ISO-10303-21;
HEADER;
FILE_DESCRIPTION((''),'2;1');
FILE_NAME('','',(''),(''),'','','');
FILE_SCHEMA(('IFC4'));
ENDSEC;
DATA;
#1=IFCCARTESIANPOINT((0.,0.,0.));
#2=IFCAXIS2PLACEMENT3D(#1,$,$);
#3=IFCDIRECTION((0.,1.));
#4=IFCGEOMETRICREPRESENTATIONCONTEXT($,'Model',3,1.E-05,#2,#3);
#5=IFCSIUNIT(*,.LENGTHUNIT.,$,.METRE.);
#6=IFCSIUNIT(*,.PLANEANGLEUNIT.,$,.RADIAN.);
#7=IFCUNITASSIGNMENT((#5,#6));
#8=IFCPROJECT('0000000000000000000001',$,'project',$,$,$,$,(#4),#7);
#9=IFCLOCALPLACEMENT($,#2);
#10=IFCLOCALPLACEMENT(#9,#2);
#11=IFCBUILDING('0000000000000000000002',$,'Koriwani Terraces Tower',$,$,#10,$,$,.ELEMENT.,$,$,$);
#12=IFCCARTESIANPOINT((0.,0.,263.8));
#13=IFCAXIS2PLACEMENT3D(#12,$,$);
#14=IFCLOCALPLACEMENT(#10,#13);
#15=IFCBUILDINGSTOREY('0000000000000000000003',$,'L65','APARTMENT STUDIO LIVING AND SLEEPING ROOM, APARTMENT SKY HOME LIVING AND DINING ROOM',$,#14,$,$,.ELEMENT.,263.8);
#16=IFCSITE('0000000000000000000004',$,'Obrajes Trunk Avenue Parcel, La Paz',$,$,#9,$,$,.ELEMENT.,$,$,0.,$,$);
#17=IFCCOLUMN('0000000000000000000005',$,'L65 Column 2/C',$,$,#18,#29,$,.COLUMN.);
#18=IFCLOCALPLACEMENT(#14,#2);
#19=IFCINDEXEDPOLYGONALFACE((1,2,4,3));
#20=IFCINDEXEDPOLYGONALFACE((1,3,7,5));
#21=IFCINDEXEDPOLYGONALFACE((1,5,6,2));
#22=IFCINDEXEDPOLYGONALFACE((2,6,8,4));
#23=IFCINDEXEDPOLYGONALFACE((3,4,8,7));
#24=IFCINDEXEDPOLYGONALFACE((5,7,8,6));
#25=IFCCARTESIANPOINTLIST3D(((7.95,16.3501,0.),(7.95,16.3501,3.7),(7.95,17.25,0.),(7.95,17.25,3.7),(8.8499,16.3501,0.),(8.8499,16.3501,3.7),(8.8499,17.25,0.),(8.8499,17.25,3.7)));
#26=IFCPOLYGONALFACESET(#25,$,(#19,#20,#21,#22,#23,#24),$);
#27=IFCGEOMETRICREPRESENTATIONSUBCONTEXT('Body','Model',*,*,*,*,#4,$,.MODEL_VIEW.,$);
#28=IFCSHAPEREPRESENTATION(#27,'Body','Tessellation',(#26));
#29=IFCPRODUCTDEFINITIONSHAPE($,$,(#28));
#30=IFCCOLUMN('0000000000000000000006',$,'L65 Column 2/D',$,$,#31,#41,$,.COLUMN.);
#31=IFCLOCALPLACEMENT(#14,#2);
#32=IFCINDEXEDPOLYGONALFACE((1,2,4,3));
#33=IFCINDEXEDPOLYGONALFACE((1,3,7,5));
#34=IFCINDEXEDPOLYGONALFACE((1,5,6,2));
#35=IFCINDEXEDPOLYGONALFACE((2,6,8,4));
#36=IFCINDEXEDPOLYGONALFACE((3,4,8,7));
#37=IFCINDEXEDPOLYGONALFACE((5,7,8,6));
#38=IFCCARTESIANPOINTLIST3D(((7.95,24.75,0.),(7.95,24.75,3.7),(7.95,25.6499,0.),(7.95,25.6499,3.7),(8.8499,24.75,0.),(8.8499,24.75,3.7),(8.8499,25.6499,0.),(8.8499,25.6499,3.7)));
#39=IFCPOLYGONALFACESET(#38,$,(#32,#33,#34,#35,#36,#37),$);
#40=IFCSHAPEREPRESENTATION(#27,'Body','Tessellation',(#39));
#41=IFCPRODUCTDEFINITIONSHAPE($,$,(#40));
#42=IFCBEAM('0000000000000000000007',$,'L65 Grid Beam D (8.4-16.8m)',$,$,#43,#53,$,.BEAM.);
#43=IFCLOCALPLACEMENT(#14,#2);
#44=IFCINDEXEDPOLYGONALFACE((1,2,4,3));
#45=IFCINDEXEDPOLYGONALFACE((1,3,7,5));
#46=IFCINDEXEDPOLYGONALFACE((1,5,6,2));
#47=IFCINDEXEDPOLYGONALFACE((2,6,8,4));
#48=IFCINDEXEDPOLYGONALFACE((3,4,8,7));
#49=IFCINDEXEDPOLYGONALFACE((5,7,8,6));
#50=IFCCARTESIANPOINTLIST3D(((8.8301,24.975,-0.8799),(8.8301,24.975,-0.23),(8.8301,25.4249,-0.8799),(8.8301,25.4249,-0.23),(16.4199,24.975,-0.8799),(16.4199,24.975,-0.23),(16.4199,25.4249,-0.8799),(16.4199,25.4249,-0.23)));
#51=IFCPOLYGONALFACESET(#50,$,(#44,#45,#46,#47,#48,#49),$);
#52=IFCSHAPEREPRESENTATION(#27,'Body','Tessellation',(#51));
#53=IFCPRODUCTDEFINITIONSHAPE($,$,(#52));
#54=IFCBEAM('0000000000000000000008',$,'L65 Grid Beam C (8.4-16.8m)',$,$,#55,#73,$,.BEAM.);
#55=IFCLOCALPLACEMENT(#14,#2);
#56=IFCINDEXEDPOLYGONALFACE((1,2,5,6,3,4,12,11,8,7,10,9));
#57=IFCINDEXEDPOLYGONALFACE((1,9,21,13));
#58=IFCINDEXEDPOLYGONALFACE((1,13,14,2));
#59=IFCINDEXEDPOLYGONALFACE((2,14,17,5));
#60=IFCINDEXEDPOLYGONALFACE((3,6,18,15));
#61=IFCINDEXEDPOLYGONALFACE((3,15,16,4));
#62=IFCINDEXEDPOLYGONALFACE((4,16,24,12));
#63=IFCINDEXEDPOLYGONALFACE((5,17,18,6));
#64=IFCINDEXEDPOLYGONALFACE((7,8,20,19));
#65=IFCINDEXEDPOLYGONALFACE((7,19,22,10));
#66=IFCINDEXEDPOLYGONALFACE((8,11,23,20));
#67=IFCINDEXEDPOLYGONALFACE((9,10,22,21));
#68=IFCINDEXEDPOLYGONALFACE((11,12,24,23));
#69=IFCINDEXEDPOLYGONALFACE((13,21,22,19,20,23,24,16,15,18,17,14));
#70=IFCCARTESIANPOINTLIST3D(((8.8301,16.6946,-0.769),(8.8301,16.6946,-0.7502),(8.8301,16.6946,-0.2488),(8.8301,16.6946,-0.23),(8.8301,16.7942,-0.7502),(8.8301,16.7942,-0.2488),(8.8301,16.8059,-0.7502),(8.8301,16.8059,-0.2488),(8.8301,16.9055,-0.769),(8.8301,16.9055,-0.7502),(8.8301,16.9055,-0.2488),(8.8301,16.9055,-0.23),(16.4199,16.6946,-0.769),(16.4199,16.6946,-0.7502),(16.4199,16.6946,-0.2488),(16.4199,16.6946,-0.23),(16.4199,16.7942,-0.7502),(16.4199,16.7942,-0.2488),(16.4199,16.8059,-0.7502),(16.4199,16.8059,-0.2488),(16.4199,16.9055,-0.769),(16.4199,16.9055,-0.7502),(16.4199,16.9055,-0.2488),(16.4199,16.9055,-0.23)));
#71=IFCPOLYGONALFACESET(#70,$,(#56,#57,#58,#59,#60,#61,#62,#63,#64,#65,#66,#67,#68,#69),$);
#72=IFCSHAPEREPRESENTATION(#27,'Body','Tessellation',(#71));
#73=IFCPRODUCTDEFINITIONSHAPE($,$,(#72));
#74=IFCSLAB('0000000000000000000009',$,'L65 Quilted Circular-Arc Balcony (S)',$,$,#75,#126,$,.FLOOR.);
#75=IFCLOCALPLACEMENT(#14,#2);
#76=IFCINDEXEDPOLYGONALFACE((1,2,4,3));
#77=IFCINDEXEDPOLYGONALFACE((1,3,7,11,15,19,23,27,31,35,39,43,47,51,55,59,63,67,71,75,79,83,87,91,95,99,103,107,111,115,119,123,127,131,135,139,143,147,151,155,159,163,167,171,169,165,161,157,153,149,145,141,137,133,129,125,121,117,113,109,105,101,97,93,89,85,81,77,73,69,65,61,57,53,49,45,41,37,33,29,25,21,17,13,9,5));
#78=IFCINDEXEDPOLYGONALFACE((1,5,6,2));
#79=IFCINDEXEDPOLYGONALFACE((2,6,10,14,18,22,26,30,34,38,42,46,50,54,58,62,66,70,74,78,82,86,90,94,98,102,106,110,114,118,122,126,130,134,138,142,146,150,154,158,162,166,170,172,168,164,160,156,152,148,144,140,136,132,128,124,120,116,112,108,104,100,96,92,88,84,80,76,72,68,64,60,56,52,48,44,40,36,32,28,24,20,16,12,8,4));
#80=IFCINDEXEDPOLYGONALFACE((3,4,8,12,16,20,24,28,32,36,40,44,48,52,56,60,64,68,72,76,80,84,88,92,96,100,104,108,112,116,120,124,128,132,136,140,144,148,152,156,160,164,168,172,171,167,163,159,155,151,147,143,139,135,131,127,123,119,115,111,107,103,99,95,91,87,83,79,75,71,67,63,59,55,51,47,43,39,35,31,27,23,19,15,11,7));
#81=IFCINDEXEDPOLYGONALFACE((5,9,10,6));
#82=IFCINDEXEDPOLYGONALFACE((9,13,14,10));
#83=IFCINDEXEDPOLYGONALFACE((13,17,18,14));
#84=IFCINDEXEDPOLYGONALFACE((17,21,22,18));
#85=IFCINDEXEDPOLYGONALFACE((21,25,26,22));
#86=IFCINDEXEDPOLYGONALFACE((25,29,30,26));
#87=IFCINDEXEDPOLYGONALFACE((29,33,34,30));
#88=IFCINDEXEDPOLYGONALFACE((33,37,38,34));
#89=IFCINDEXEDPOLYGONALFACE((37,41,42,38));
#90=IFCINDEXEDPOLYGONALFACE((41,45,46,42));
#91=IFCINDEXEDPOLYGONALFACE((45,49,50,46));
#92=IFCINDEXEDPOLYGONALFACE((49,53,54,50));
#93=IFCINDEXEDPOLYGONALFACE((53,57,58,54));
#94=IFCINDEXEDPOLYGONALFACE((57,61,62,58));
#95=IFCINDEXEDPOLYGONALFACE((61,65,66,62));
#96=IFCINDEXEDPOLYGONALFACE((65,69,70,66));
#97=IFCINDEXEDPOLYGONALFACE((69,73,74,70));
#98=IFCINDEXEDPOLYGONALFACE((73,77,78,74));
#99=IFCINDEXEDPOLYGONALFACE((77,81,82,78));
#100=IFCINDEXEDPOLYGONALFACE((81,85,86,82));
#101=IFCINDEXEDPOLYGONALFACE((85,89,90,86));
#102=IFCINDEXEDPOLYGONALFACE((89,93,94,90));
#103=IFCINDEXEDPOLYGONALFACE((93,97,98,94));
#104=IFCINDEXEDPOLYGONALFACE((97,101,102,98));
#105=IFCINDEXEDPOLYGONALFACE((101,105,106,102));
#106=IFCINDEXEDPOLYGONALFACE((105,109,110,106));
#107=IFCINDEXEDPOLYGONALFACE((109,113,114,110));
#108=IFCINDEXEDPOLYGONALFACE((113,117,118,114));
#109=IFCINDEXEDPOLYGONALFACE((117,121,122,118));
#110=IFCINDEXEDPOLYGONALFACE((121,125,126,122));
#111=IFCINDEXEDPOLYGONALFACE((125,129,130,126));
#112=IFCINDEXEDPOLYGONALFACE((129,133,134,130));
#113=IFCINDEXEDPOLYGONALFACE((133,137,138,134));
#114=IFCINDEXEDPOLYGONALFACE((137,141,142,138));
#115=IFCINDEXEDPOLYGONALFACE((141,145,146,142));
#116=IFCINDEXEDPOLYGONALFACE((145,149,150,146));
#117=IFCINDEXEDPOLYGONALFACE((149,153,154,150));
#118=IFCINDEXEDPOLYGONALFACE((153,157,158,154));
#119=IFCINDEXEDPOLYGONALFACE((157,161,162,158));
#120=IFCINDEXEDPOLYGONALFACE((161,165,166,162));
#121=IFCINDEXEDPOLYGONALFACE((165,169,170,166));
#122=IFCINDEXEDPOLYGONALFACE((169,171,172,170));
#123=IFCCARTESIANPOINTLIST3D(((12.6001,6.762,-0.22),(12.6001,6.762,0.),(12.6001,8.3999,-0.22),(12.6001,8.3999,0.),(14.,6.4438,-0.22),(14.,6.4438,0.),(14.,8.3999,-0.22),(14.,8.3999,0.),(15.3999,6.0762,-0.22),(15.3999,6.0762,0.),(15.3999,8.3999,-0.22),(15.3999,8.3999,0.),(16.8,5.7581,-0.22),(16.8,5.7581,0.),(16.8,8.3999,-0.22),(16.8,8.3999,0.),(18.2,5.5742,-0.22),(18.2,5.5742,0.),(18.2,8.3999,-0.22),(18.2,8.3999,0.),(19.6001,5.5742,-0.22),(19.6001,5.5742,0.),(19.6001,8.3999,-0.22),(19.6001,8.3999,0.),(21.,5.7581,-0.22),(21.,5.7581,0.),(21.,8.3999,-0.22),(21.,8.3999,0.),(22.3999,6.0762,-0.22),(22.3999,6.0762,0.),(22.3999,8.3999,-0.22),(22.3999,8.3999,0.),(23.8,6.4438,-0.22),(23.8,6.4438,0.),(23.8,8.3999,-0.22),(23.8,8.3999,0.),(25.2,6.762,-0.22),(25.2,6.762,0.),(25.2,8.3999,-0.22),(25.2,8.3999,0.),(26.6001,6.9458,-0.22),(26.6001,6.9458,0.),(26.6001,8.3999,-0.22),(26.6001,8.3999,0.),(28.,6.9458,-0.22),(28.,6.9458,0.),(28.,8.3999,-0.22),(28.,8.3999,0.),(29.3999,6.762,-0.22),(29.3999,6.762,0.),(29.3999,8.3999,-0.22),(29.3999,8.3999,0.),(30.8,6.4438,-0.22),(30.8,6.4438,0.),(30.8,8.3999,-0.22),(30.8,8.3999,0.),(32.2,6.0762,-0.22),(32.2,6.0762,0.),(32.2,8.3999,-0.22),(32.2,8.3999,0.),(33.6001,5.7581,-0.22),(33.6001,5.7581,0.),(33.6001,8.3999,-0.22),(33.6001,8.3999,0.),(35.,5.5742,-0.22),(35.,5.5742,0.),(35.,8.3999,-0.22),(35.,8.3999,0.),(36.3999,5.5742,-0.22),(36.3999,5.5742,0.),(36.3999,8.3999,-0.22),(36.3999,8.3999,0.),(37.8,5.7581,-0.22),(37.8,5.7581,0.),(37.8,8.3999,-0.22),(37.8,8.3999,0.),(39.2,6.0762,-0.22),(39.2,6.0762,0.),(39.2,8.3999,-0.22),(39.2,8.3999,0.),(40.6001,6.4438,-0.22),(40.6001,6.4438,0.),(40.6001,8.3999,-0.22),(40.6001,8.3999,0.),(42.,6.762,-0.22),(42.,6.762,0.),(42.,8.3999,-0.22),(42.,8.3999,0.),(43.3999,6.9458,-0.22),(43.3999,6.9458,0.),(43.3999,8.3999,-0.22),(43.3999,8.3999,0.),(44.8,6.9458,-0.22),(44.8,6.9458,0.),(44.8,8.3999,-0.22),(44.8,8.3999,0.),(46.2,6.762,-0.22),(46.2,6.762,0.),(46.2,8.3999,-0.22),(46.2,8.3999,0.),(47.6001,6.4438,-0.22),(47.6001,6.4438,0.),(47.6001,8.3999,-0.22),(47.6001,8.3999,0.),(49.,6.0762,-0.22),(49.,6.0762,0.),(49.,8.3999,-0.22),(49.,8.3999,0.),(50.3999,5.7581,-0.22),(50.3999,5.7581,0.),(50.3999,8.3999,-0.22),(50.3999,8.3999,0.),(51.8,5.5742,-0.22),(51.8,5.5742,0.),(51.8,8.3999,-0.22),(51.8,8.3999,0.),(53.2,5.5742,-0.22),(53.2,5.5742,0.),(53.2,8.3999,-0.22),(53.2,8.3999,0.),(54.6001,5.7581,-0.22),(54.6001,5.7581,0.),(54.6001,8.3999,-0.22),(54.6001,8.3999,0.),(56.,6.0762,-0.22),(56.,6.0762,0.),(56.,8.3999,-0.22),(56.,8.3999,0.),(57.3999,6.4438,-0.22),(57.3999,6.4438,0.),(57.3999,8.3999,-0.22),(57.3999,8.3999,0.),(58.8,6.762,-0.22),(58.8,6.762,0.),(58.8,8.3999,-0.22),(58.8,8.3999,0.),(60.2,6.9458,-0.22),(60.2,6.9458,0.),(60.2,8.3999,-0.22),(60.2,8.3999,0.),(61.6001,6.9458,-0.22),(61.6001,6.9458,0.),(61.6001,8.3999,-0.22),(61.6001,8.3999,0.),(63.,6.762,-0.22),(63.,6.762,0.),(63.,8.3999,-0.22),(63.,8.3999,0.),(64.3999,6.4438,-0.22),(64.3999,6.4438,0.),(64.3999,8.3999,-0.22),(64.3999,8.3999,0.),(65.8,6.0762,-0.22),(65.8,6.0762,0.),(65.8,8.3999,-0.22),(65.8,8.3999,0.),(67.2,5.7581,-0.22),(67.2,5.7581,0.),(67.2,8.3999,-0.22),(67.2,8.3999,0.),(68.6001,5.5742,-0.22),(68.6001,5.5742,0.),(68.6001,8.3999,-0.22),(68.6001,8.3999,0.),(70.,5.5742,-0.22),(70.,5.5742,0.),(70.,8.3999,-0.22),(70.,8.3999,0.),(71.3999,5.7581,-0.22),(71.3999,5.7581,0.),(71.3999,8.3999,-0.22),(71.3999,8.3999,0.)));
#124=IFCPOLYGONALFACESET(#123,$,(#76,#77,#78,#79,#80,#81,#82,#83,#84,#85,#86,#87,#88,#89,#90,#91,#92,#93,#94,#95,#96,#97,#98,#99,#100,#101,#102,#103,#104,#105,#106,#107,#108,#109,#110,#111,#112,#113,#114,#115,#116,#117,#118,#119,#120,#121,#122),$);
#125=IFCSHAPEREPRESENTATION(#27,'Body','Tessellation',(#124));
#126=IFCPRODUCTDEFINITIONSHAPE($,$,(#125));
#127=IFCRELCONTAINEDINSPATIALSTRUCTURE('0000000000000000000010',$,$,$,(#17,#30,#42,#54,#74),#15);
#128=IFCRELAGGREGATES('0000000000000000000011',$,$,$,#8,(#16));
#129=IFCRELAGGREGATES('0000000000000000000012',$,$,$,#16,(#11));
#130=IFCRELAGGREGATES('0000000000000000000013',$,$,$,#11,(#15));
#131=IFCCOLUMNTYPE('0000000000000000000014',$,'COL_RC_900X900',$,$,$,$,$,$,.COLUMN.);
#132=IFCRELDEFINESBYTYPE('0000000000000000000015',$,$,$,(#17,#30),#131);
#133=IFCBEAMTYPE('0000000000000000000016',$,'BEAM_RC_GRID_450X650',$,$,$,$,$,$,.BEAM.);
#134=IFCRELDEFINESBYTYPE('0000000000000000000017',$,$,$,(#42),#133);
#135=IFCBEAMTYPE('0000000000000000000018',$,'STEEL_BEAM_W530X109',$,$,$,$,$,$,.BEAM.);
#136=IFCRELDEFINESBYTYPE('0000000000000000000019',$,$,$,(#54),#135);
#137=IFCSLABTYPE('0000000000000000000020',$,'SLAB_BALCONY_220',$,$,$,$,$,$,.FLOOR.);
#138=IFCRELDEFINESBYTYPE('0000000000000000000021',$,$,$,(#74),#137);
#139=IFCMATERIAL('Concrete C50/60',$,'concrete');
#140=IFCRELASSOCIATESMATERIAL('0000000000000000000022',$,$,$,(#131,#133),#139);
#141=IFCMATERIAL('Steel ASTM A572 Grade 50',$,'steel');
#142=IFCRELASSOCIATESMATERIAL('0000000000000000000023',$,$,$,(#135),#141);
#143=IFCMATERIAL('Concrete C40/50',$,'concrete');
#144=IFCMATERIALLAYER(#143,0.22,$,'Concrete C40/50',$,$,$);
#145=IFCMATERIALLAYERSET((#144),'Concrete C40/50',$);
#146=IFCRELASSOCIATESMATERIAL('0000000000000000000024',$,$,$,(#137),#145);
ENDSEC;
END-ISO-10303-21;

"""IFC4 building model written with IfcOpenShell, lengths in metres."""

from ifc_helpers import new_model, si_unit, direction, frame, origin, origin_2d, place, context, subcontext, project, spatial, polyline, rectangle, i_section, outline, extrude, material, layer, layer_set, material_profile, profile_set, type_object, element, save


model = new_model("IFC4")

# Units and contexts
model_context = context("Model", 3, precision=1e-05, world=origin(), true_north=direction((0.0, 1.0)))
body_context = subcontext(model_context, "Body", "Model", "MODEL_VIEW")
ifc_project = project(units=[si_unit("LENGTHUNIT", "METRE"), si_unit("PLANEANGLEUNIT", "RADIAN")], contexts=[model_context])

# Site, building, storey
site_placement = place(None, origin())
site = spatial("IfcSite", under=ifc_project, at=site_placement, Name="Obrajes Trunk Avenue Parcel, La Paz", CompositionType="ELEMENT", RefElevation=0.0)
building_placement = place(site_placement, origin())
building = spatial("IfcBuilding", under=site, at=building_placement, Name="Koriwani Terraces Tower", CompositionType="ELEMENT")
storey_placement = place(building_placement, frame((0.0, 0.0, 263.8)))
storey = spatial("IfcBuildingStorey", under=building, at=storey_placement, Name="L65", Description="APARTMENT STUDIO LIVING AND SLEEPING ROOM, APARTMENT SKY HOME LIVING AND DINING ROOM", CompositionType="ELEMENT", Elevation=263.8)

# Columns
ifc_material_1 = material(Name="Concrete C50/60", Category="concrete")
ifc_material_profile_1 = material_profile(ifc_material_1, rectangle(XDim=0.8999, YDim=0.8999, at=origin_2d()), Name="Concrete C50/60", Category="LoadBearing")
ifc_profile_set_1 = profile_set([ifc_material_profile_1], Name="Concrete C50/60")
column_type = type_object("IfcColumnType", Name="COL_RC_900X900", PredefinedType="COLUMN", material=ifc_profile_set_1)
for number, where, z_axis, x_axis, name in (
    (1, (8.3999, 16.8, 0.0), (0.0, 0.0, 1.0), (1.0, 0.0, 0.0), "L65 Column 2/C"),
    (2, (8.3999, 25.2, 0.0), (0.0, 0.0, 1.0), (1.0, 0.0, 0.0), "L65 Column 2/D"),
):
    element("IfcColumn", number, at=place(storey_placement, frame(where, z_axis=z_axis, x_axis=x_axis)), inside=storey, type_object=column_type, Name=name, PredefinedType="COLUMN", context=body_context, shape_type="SweptSolid", body=[
        extrude(rectangle(XDim=0.8999, YDim=0.8999, at=origin_2d()), origin(), (0.0, 0.0, 1.0), 3.7),
    ])

# Beams
ifc_material_profile_2 = material_profile(ifc_material_1, rectangle(XDim=0.45, YDim=0.6499, at=origin_2d()), Name="Concrete C50/60", Category="LoadBearing")
ifc_profile_set_2 = profile_set([ifc_material_profile_2], Name="Concrete C50/60")
beam_type_1 = type_object("IfcBeamType", Name="BEAM_RC_GRID_450X650", PredefinedType="BEAM", material=ifc_profile_set_2)
beam_1_placement = place(storey_placement, frame((8.8301, 25.2, -0.5549), z_axis=(1.0, 0.0, 0.0), x_axis=(0.0, 1.0, 0.0)))
element("IfcBeam", 3, at=beam_1_placement, inside=storey, type_object=beam_type_1, Name="L65 Grid Beam D (8.4-16.8m)", PredefinedType="BEAM", context=body_context, shape_type="SweptSolid", body=[
    extrude(rectangle(XDim=0.45, YDim=0.6499, at=origin_2d()), origin(), (0.0, 0.0, 1.0), 7.5898),
])
ifc_material_2 = material(Name="Steel ASTM A572 Grade 50", Category="steel")
ifc_material_profile_3 = material_profile(ifc_material_2, i_section(OverallWidth=0.2109, OverallDepth=0.5391, WebThickness=0.0117, FlangeThickness=0.0188, at=origin_2d()), Name="Steel ASTM A572 Grade 50", Category="LoadBearing")
ifc_profile_set_3 = profile_set([ifc_material_profile_3], Name="Steel ASTM A572 Grade 50")
beam_type_2 = type_object("IfcBeamType", Name="STEEL_BEAM_W530X109", PredefinedType="BEAM", material=ifc_profile_set_3)
beam_2_placement = place(storey_placement, frame((8.8301, 16.8, -0.4995), z_axis=(1.0, 0.0, 0.0), x_axis=(0.0, 1.0, 0.0)))
element("IfcBeam", 4, at=beam_2_placement, inside=storey, type_object=beam_type_2, Name="L65 Grid Beam C (8.4-16.8m)", PredefinedType="BEAM", context=body_context, shape_type="SweptSolid", body=[
    extrude(i_section(OverallWidth=0.2109, OverallDepth=0.5391, WebThickness=0.0117, FlangeThickness=0.0188, at=origin_2d()), origin(), (0.0, 0.0, 1.0), 7.5898),
])

# Slab
ifc_material_3 = material(Name="Concrete C40/50", Category="concrete")
ifc_layer_1 = layer(ifc_material_3, 0.22, Name="Concrete C40/50")
ifc_layer_set_1 = layer_set([ifc_layer_1], Name="Concrete C40/50")
slab_type_1 = type_object("IfcSlabType", Name="SLAB_BALCONY_220", PredefinedType="FLOOR", material=ifc_layer_set_1)
slab_1_placement = place(storey_placement, frame((0.0, 0.0, -0.22)))
element("IfcSlab", 5, at=slab_1_placement, inside=storey, type_object=slab_type_1, Name="L65 Quilted Circular-Arc Balcony (S)", PredefinedType="FLOOR", context=body_context, shape_type="SweptSolid", body=[
    extrude(outline(polyline([(12.6001, 8.3999), (14.0, 8.3999), (15.3999, 8.3999), (16.8, 8.3999), (18.2, 8.3999), (19.6001, 8.3999), (21.0, 8.3999), (22.3999, 8.3999), (23.8, 8.3999), (25.2, 8.3999), (26.6001, 8.3999), (28.0, 8.3999), (29.3999, 8.3999), (30.8, 8.3999), (32.2, 8.3999), (33.6001, 8.3999), (35.0, 8.3999), (36.3999, 8.3999), (37.8, 8.3999), (39.2, 8.3999), (40.6001, 8.3999), (42.0, 8.3999), (43.3999, 8.3999), (44.8, 8.3999), (46.2, 8.3999), (47.6001, 8.3999), (49.0, 8.3999), (50.3999, 8.3999), (51.8, 8.3999), (53.2, 8.3999), (54.6001, 8.3999), (56.0, 8.3999), (57.3999, 8.3999), (58.8, 8.3999), (60.2, 8.3999), (61.6001, 8.3999), (63.0, 8.3999), (64.3999, 8.3999), (65.8, 8.3999), (67.2, 8.3999), (68.6001, 8.3999), (70.0, 8.3999), (71.3999, 8.3999), (71.3999, 5.7581), (70.0, 5.5742), (68.6001, 5.5742), (67.2, 5.7581), (65.8, 6.0762), (64.3999, 6.4438), (63.0, 6.762), (61.6001, 6.9458), (60.2, 6.9458), (58.8, 6.762), (57.3999, 6.4438), (56.0, 6.0762), (54.6001, 5.7581), (53.2, 5.5742), (51.8, 5.5742), (50.3999, 5.7581), (49.0, 6.0762), (47.6001, 6.4438), (46.2, 6.762), (44.8, 6.9458), (43.3999, 6.9458), (42.0, 6.762), (40.6001, 6.4438), (39.2, 6.0762), (37.8, 5.7581), (36.3999, 5.5742), (35.0, 5.5742), (33.6001, 5.7581), (32.2, 6.0762), (30.8, 6.4438), (29.3999, 6.762), (28.0, 6.9458), (26.6001, 6.9458), (25.2, 6.762), (23.8, 6.4438), (22.3999, 6.0762), (21.0, 5.7581), (19.6001, 5.5742), (18.2, 5.5742), (16.8, 5.7581), (15.3999, 6.0762), (14.0, 6.4438), (12.6001, 6.762), (12.6001, 8.3999)])), origin(), (0.0, 0.0, 1.0), 0.22),
])

save(model, "model.ifc")
